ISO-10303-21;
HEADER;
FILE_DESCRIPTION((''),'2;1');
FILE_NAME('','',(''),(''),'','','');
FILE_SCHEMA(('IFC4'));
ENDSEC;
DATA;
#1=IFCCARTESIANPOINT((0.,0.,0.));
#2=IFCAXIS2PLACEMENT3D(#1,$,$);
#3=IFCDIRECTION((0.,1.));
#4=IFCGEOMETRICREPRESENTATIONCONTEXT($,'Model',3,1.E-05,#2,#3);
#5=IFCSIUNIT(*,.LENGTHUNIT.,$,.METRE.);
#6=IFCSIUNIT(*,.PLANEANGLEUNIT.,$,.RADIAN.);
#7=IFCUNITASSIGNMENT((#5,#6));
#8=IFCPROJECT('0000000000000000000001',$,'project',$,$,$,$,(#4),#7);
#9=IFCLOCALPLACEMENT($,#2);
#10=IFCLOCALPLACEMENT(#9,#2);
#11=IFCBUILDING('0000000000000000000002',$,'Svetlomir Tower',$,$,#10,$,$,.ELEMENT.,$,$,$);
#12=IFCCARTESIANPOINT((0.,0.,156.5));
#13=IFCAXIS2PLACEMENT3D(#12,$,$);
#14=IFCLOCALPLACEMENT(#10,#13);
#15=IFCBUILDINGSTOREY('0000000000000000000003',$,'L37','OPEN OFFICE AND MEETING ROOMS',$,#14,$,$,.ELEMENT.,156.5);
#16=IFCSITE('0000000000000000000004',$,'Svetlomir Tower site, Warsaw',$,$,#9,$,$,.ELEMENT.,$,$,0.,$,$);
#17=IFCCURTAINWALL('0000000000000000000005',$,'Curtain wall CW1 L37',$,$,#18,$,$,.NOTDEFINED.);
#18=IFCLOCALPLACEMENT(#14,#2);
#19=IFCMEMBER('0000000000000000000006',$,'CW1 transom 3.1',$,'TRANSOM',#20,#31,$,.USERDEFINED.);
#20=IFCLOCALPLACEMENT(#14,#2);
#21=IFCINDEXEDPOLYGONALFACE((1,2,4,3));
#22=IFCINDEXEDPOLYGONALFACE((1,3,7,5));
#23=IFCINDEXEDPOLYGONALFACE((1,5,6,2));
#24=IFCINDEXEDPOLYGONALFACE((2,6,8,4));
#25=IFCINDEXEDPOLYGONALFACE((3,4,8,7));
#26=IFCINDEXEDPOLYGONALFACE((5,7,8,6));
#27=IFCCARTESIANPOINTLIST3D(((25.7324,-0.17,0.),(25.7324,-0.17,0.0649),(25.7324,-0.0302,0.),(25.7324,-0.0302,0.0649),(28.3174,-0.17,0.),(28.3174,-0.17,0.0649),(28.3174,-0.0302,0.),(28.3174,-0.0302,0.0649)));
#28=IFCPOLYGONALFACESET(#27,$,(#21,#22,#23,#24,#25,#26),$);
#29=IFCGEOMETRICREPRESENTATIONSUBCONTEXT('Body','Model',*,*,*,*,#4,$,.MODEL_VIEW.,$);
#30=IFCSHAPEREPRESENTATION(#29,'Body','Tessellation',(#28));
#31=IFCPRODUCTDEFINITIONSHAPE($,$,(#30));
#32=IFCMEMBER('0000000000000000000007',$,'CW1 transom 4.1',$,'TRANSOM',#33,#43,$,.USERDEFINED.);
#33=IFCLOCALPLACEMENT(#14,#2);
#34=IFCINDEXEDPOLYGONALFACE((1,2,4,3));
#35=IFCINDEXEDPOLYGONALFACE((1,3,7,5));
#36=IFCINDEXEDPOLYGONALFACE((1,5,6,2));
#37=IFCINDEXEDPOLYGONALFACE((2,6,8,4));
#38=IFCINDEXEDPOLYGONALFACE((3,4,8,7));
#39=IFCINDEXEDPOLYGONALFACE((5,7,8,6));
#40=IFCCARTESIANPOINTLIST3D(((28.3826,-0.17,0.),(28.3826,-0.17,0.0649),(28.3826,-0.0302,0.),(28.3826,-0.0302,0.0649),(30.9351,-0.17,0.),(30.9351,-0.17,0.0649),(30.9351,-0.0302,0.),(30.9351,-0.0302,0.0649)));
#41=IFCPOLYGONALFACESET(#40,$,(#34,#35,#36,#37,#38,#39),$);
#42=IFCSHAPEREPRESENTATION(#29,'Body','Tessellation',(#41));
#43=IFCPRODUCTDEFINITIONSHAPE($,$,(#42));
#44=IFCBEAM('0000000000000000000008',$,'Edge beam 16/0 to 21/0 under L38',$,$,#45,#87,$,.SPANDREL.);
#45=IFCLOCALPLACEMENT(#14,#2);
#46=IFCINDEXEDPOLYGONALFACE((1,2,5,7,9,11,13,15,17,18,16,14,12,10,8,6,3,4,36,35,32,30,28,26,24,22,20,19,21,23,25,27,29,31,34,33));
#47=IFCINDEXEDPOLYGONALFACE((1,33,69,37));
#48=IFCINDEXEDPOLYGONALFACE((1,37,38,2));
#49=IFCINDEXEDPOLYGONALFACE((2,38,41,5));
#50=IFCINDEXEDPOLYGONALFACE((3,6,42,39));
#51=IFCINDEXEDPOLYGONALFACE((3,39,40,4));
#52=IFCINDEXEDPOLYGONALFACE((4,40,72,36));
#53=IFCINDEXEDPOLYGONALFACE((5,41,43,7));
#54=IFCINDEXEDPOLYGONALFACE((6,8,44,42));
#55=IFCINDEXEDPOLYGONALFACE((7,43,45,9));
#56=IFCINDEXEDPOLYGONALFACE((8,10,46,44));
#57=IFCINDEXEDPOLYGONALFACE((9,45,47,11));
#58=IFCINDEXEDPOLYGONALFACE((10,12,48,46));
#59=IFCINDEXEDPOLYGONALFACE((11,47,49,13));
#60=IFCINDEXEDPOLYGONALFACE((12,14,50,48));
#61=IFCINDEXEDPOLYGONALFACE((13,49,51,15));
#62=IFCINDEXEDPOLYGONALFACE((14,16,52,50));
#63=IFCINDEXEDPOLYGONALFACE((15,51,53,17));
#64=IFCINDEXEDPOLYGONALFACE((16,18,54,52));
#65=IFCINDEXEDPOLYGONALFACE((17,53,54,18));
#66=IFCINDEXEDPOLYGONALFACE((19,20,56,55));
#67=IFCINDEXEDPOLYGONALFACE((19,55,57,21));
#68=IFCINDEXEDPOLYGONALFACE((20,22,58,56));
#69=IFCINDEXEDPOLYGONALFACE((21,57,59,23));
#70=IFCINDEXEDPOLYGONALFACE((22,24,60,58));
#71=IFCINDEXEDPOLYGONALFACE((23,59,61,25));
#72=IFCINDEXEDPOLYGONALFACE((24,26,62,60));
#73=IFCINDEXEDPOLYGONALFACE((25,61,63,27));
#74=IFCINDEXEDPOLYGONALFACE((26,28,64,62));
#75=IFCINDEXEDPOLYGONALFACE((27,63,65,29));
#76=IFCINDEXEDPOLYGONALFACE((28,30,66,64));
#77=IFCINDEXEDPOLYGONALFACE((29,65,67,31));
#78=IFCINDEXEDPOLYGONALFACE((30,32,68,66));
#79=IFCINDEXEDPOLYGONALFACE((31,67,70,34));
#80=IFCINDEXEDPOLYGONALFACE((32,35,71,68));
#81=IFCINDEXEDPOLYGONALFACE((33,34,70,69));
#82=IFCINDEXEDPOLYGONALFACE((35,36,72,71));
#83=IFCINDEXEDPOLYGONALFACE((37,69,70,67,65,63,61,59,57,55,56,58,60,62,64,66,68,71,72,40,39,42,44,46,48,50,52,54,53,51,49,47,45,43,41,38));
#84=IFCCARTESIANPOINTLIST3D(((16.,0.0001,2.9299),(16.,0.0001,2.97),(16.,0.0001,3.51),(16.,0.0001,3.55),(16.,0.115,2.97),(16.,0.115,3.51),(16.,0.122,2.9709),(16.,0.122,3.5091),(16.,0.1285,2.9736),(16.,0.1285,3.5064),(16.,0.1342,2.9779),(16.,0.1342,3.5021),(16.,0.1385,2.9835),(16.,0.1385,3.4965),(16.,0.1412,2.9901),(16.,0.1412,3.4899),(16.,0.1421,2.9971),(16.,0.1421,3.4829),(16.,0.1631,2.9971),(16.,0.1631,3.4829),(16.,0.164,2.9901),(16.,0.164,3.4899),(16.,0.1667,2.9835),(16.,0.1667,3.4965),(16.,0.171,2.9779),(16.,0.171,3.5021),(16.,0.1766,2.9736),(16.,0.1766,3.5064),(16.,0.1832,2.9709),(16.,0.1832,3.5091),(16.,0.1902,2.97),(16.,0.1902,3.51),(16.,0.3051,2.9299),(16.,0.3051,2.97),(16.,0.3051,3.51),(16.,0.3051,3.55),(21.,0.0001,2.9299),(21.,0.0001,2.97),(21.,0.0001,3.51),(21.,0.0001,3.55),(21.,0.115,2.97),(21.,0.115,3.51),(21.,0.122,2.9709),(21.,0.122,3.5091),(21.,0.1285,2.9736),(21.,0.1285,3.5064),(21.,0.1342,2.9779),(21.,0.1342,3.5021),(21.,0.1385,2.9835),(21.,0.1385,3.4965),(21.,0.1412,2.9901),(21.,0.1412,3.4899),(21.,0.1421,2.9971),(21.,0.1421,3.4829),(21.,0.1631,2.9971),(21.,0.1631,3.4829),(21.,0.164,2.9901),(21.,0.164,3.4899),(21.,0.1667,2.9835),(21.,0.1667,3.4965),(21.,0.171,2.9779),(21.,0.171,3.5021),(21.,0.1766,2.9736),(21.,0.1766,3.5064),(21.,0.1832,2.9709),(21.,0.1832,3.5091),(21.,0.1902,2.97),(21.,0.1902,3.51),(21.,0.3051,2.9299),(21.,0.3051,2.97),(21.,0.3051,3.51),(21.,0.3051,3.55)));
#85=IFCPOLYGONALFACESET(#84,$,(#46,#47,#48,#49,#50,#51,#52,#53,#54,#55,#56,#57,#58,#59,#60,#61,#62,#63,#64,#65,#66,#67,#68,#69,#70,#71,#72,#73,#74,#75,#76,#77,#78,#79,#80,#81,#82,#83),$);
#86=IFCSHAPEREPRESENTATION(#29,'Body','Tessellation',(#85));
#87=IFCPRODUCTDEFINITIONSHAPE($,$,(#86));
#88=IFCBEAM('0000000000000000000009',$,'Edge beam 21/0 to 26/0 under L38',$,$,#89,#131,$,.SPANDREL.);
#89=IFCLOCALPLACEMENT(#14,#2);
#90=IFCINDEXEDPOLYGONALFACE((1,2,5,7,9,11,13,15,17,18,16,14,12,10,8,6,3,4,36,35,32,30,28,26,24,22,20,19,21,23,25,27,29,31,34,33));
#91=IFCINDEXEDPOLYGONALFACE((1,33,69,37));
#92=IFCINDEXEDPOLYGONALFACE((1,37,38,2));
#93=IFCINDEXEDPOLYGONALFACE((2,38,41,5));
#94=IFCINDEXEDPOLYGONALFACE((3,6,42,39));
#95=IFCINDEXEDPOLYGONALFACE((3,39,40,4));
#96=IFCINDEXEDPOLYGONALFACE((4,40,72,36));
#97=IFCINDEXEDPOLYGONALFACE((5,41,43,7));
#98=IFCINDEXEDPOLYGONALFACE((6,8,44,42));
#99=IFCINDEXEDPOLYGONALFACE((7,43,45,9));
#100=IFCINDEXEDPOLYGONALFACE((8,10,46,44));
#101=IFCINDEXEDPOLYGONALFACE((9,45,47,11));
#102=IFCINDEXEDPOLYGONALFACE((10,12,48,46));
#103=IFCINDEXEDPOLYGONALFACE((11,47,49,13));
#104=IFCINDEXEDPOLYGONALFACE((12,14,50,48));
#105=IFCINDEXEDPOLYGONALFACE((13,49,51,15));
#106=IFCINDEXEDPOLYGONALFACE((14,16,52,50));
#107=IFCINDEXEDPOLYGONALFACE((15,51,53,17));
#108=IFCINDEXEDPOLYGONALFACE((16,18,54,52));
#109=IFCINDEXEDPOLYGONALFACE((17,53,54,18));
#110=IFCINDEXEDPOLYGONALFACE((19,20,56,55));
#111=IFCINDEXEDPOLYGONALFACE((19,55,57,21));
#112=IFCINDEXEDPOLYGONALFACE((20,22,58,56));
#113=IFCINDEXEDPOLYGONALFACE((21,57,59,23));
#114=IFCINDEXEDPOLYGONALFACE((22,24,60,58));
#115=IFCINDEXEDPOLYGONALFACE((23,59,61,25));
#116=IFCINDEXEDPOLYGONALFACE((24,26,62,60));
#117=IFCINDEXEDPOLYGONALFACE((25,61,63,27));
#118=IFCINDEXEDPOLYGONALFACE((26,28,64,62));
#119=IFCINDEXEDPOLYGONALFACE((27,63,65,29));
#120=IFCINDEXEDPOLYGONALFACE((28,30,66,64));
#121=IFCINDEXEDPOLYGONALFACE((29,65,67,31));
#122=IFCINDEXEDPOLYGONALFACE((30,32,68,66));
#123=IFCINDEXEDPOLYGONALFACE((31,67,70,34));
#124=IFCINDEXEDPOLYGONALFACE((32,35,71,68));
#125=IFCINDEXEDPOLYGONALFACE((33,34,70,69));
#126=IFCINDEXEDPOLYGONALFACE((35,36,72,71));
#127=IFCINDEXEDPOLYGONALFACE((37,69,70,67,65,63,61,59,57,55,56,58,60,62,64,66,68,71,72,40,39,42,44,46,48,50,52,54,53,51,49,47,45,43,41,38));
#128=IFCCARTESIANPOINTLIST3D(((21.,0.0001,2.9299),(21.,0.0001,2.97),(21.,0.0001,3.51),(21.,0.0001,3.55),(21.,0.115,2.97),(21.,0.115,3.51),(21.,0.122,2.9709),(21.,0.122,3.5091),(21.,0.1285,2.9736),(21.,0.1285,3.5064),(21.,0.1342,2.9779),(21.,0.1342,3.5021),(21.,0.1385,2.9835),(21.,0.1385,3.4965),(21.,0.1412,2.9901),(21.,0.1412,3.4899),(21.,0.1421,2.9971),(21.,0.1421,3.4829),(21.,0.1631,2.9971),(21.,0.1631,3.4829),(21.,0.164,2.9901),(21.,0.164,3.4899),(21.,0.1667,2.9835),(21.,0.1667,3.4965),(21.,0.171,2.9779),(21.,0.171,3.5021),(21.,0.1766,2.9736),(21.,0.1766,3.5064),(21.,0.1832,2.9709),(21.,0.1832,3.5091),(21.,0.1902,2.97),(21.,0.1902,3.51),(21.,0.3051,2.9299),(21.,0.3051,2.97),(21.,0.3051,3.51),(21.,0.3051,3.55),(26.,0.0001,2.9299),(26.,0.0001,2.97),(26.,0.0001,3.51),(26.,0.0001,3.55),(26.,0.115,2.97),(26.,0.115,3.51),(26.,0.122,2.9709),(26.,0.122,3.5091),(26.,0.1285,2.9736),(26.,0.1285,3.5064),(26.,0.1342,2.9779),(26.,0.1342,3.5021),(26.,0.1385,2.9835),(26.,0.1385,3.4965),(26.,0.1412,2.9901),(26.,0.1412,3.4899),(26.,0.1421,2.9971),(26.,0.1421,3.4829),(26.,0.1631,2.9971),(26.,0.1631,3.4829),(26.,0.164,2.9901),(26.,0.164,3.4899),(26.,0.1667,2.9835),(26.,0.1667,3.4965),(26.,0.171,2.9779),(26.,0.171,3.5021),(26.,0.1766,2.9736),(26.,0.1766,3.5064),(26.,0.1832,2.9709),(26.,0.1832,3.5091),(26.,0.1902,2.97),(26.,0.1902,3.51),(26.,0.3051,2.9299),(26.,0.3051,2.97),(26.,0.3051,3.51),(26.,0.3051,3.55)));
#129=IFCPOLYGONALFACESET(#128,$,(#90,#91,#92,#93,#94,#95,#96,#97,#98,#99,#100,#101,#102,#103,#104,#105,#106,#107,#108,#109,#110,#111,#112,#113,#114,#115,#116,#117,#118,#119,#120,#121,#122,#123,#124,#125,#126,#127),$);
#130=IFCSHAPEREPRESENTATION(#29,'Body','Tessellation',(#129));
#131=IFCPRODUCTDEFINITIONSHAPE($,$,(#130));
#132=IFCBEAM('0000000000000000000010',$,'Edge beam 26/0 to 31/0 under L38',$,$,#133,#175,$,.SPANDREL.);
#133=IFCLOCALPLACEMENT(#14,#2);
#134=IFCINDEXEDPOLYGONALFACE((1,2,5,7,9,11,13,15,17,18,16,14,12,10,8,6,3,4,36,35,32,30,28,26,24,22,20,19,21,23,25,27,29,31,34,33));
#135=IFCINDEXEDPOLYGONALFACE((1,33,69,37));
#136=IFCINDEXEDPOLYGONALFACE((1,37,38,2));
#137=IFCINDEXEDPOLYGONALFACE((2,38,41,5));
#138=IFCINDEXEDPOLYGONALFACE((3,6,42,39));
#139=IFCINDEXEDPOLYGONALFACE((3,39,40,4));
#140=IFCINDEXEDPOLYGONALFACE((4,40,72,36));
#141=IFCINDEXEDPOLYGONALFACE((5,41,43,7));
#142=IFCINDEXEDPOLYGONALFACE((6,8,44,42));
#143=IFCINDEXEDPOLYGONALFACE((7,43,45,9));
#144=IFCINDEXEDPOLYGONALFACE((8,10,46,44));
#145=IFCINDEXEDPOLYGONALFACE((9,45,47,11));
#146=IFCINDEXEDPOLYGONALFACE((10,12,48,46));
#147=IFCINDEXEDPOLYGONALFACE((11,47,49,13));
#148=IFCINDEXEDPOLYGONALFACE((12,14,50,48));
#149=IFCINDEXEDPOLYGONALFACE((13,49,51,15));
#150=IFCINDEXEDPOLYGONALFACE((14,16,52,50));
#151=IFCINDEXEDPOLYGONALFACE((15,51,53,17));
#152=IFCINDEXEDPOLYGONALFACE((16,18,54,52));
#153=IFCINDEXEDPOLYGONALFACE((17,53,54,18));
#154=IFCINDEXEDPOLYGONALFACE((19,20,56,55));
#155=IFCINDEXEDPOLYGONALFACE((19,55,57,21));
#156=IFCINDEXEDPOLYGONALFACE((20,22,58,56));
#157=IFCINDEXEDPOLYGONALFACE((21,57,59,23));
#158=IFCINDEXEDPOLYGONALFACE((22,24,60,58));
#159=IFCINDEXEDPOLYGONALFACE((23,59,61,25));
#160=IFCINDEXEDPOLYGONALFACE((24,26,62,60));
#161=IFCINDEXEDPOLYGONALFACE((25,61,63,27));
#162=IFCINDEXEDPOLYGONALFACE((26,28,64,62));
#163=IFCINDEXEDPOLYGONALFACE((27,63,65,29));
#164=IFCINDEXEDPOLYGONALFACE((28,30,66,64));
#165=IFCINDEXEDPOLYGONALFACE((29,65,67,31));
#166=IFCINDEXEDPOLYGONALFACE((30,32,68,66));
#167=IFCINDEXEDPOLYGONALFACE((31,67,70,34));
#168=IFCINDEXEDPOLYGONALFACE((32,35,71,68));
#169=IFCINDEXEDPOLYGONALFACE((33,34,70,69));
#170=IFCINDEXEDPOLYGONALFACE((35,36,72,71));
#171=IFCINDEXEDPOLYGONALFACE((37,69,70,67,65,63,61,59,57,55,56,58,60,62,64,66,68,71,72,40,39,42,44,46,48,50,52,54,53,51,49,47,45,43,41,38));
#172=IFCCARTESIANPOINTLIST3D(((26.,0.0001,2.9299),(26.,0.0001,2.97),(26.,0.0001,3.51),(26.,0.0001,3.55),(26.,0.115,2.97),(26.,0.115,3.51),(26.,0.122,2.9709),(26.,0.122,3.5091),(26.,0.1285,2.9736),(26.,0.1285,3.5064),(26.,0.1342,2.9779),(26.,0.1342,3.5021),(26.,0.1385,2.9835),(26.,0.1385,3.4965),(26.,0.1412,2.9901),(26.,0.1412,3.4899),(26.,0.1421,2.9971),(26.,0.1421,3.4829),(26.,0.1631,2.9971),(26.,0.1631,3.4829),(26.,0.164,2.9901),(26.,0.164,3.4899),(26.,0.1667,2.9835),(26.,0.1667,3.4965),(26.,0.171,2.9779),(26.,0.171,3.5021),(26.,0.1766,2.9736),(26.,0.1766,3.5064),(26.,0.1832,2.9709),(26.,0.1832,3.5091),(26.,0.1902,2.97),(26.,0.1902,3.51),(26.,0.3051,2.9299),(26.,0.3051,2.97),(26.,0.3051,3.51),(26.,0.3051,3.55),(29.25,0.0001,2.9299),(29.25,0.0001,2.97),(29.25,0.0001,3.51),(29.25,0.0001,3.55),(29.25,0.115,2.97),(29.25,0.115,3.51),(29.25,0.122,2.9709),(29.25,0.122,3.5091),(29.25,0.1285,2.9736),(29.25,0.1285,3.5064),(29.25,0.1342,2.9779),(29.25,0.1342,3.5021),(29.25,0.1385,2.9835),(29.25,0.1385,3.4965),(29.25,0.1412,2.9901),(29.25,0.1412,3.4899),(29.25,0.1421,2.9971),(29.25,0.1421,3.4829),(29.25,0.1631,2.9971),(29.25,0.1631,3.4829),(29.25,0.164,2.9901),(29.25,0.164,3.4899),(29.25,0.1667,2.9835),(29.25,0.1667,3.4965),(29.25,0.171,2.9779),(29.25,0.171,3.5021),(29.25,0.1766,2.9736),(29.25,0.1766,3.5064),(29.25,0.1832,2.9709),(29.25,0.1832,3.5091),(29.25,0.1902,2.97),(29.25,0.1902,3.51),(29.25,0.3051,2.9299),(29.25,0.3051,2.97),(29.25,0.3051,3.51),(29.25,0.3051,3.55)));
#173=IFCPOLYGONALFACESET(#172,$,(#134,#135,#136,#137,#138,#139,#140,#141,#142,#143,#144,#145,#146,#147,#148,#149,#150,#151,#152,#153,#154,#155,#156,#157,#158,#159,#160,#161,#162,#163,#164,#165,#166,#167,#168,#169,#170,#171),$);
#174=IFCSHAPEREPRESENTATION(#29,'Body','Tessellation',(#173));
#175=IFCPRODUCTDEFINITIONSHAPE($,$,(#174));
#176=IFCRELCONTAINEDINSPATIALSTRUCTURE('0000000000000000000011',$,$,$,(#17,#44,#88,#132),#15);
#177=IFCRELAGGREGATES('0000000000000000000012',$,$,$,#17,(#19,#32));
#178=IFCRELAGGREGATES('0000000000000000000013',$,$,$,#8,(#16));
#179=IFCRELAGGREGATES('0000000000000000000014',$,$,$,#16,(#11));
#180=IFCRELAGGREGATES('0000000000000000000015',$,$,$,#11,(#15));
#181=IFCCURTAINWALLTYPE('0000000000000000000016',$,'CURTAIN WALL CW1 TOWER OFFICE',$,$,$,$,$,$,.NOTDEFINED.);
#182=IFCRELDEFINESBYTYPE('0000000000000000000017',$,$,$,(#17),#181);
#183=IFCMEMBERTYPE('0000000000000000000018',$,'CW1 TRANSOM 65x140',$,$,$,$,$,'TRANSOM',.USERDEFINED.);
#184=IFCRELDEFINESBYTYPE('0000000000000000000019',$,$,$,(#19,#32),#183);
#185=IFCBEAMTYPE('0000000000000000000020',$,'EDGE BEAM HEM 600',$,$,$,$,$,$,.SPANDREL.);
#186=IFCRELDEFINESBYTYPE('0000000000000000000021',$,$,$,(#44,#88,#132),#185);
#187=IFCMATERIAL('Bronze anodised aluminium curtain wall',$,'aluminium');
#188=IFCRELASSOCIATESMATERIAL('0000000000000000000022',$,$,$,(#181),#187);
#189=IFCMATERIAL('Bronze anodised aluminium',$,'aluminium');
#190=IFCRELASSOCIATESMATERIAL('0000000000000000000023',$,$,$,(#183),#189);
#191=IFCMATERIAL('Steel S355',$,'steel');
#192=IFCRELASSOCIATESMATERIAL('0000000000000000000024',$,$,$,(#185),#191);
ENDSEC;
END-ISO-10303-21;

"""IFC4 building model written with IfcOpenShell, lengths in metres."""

from ifc_helpers import new_model, si_unit, direction, frame, origin, origin_2d, place, context, subcontext, project, spatial, rectangle, i_section, extrude, material, material_profile, profile_set, type_object, element, aggregate, save


model = new_model("IFC4")

# Units and contexts
model_context = context("Model", 3, precision=1e-05, world=origin(), true_north=direction((0.0, 1.0)))
body_context = subcontext(model_context, "Body", "Model", "MODEL_VIEW")
ifc_project = project(units=[si_unit("LENGTHUNIT", "METRE"), si_unit("PLANEANGLEUNIT", "RADIAN")], contexts=[model_context])

# Site, building, storey
site_placement = place(None, origin())
site = spatial("IfcSite", under=ifc_project, at=site_placement, Name="Svetlomir Tower site, Warsaw", CompositionType="ELEMENT", RefElevation=0.0)
building_placement = place(site_placement, origin())
building = spatial("IfcBuilding", under=site, at=building_placement, Name="Svetlomir Tower", CompositionType="ELEMENT")
storey_placement = place(building_placement, frame((0.0, 0.0, 156.5)))
storey = spatial("IfcBuildingStorey", under=building, at=storey_placement, Name="L37", Description="OPEN OFFICE AND MEETING ROOMS", CompositionType="ELEMENT", Elevation=156.5)

# Curtain wall
ifc_material_1 = material(Name="Bronze anodised aluminium curtain wall", Category="aluminium")
curtain_wall_type = type_object("IfcCurtainWallType", Name="CURTAIN WALL CW1 TOWER OFFICE", PredefinedType="NOTDEFINED", material=ifc_material_1)
curtain_wall_1_placement = place(storey_placement, origin())
curtain_wall_1 = element("IfcCurtainWall", 1, at=curtain_wall_1_placement, inside=storey, type_object=curtain_wall_type, Name="Curtain wall CW1 L37", PredefinedType="NOTDEFINED")

# Members
ifc_material_2 = material(Name="Bronze anodised aluminium", Category="aluminium")
ifc_material_profile_1 = material_profile(ifc_material_2, rectangle(XDim=0.1399, YDim=0.0649, at=origin_2d()), Name="AL 140x65")
ifc_profile_set_1 = profile_set([ifc_material_profile_1], Name="Bronze anodised aluminium 6063-T6")
member_type_1 = type_object("IfcMemberType", Name="CW1 TRANSOM 65x140", ElementType="TRANSOM", PredefinedType="USERDEFINED", material=ifc_profile_set_1)
member_1_placement = place(storey_placement, frame((25.7324, -0.1001, 0.0325), z_axis=(1.0, 0.0, 0.0), x_axis=(0.0, 1.0, 0.0)))
member_1 = element("IfcMember", 2, at=member_1_placement, type_object=member_type_1, Name="CW1 transom 3.1", ObjectType="TRANSOM", PredefinedType="USERDEFINED", context=body_context, shape_type="SweptSolid", body=[
    extrude(rectangle(XDim=0.1399, YDim=0.0649, at=origin_2d()), origin(), (0.0, 0.0, 1.0), 2.585),
])
member_2_placement = place(storey_placement, frame((28.3826, -0.1001, 0.0325), z_axis=(1.0, 0.0, 0.0), x_axis=(0.0, 1.0, 0.0)))
member_2 = element("IfcMember", 3, at=member_2_placement, type_object=member_type_1, Name="CW1 transom 4.1", ObjectType="TRANSOM", PredefinedType="USERDEFINED", context=body_context, shape_type="SweptSolid", body=[
    extrude(rectangle(XDim=0.1399, YDim=0.0649, at=origin_2d()), origin(), (0.0, 0.0, 1.0), 2.5525),
])

# Beams
ifc_material_3 = material(Name="Steel S355", Category="steel")
ifc_material_profile_2 = material_profile(ifc_material_3, i_section(OverallWidth=0.3049, OverallDepth=0.6201, WebThickness=0.021, FlangeThickness=0.04, FilletRadius=0.0271, at=origin_2d()), Name="HEM 600")
ifc_profile_set_2 = profile_set([ifc_material_profile_2], Name="Steel S355")
beam_type_1 = type_object("IfcBeamType", Name="EDGE BEAM HEM 600", PredefinedType="SPANDREL", material=ifc_profile_set_2)
for number, where, z_axis, x_axis, name in (
    (4, (16.0, 0.1526, 3.24), (1.0, 0.0, 0.0), (0.0, 1.0, 0.0), "Edge beam 16/0 to 21/0 under L38"),
    (5, (21.0, 0.1526, 3.24), (1.0, 0.0, 0.0), (0.0, 1.0, 0.0), "Edge beam 21/0 to 26/0 under L38"),
):
    element("IfcBeam", number, at=place(storey_placement, frame(where, z_axis=z_axis, x_axis=x_axis)), inside=storey, type_object=beam_type_1, Name=name, PredefinedType="SPANDREL", context=body_context, shape_type="SweptSolid", body=[
        extrude(i_section(OverallWidth=0.3049, OverallDepth=0.6201, WebThickness=0.021, FlangeThickness=0.04, FilletRadius=0.0271, at=origin_2d()), origin(), (0.0, 0.0, 1.0), 5.0),
    ])
beam_1_placement = place(storey_placement, frame((26.0, 0.1526, 3.24), z_axis=(1.0, 0.0, 0.0), x_axis=(0.0, 1.0, 0.0)))
element("IfcBeam", 6, at=beam_1_placement, inside=storey, type_object=beam_type_1, Name="Edge beam 26/0 to 31/0 under L38", PredefinedType="SPANDREL", context=body_context, shape_type="SweptSolid", body=[
    extrude(i_section(OverallWidth=0.3049, OverallDepth=0.6201, WebThickness=0.021, FlangeThickness=0.04, FilletRadius=0.0271, at=origin_2d()), origin(), (0.0, 0.0, 1.0), 3.25),
])

aggregate(curtain_wall_1, [member_1, member_2])

save(model, "model.ifc")
